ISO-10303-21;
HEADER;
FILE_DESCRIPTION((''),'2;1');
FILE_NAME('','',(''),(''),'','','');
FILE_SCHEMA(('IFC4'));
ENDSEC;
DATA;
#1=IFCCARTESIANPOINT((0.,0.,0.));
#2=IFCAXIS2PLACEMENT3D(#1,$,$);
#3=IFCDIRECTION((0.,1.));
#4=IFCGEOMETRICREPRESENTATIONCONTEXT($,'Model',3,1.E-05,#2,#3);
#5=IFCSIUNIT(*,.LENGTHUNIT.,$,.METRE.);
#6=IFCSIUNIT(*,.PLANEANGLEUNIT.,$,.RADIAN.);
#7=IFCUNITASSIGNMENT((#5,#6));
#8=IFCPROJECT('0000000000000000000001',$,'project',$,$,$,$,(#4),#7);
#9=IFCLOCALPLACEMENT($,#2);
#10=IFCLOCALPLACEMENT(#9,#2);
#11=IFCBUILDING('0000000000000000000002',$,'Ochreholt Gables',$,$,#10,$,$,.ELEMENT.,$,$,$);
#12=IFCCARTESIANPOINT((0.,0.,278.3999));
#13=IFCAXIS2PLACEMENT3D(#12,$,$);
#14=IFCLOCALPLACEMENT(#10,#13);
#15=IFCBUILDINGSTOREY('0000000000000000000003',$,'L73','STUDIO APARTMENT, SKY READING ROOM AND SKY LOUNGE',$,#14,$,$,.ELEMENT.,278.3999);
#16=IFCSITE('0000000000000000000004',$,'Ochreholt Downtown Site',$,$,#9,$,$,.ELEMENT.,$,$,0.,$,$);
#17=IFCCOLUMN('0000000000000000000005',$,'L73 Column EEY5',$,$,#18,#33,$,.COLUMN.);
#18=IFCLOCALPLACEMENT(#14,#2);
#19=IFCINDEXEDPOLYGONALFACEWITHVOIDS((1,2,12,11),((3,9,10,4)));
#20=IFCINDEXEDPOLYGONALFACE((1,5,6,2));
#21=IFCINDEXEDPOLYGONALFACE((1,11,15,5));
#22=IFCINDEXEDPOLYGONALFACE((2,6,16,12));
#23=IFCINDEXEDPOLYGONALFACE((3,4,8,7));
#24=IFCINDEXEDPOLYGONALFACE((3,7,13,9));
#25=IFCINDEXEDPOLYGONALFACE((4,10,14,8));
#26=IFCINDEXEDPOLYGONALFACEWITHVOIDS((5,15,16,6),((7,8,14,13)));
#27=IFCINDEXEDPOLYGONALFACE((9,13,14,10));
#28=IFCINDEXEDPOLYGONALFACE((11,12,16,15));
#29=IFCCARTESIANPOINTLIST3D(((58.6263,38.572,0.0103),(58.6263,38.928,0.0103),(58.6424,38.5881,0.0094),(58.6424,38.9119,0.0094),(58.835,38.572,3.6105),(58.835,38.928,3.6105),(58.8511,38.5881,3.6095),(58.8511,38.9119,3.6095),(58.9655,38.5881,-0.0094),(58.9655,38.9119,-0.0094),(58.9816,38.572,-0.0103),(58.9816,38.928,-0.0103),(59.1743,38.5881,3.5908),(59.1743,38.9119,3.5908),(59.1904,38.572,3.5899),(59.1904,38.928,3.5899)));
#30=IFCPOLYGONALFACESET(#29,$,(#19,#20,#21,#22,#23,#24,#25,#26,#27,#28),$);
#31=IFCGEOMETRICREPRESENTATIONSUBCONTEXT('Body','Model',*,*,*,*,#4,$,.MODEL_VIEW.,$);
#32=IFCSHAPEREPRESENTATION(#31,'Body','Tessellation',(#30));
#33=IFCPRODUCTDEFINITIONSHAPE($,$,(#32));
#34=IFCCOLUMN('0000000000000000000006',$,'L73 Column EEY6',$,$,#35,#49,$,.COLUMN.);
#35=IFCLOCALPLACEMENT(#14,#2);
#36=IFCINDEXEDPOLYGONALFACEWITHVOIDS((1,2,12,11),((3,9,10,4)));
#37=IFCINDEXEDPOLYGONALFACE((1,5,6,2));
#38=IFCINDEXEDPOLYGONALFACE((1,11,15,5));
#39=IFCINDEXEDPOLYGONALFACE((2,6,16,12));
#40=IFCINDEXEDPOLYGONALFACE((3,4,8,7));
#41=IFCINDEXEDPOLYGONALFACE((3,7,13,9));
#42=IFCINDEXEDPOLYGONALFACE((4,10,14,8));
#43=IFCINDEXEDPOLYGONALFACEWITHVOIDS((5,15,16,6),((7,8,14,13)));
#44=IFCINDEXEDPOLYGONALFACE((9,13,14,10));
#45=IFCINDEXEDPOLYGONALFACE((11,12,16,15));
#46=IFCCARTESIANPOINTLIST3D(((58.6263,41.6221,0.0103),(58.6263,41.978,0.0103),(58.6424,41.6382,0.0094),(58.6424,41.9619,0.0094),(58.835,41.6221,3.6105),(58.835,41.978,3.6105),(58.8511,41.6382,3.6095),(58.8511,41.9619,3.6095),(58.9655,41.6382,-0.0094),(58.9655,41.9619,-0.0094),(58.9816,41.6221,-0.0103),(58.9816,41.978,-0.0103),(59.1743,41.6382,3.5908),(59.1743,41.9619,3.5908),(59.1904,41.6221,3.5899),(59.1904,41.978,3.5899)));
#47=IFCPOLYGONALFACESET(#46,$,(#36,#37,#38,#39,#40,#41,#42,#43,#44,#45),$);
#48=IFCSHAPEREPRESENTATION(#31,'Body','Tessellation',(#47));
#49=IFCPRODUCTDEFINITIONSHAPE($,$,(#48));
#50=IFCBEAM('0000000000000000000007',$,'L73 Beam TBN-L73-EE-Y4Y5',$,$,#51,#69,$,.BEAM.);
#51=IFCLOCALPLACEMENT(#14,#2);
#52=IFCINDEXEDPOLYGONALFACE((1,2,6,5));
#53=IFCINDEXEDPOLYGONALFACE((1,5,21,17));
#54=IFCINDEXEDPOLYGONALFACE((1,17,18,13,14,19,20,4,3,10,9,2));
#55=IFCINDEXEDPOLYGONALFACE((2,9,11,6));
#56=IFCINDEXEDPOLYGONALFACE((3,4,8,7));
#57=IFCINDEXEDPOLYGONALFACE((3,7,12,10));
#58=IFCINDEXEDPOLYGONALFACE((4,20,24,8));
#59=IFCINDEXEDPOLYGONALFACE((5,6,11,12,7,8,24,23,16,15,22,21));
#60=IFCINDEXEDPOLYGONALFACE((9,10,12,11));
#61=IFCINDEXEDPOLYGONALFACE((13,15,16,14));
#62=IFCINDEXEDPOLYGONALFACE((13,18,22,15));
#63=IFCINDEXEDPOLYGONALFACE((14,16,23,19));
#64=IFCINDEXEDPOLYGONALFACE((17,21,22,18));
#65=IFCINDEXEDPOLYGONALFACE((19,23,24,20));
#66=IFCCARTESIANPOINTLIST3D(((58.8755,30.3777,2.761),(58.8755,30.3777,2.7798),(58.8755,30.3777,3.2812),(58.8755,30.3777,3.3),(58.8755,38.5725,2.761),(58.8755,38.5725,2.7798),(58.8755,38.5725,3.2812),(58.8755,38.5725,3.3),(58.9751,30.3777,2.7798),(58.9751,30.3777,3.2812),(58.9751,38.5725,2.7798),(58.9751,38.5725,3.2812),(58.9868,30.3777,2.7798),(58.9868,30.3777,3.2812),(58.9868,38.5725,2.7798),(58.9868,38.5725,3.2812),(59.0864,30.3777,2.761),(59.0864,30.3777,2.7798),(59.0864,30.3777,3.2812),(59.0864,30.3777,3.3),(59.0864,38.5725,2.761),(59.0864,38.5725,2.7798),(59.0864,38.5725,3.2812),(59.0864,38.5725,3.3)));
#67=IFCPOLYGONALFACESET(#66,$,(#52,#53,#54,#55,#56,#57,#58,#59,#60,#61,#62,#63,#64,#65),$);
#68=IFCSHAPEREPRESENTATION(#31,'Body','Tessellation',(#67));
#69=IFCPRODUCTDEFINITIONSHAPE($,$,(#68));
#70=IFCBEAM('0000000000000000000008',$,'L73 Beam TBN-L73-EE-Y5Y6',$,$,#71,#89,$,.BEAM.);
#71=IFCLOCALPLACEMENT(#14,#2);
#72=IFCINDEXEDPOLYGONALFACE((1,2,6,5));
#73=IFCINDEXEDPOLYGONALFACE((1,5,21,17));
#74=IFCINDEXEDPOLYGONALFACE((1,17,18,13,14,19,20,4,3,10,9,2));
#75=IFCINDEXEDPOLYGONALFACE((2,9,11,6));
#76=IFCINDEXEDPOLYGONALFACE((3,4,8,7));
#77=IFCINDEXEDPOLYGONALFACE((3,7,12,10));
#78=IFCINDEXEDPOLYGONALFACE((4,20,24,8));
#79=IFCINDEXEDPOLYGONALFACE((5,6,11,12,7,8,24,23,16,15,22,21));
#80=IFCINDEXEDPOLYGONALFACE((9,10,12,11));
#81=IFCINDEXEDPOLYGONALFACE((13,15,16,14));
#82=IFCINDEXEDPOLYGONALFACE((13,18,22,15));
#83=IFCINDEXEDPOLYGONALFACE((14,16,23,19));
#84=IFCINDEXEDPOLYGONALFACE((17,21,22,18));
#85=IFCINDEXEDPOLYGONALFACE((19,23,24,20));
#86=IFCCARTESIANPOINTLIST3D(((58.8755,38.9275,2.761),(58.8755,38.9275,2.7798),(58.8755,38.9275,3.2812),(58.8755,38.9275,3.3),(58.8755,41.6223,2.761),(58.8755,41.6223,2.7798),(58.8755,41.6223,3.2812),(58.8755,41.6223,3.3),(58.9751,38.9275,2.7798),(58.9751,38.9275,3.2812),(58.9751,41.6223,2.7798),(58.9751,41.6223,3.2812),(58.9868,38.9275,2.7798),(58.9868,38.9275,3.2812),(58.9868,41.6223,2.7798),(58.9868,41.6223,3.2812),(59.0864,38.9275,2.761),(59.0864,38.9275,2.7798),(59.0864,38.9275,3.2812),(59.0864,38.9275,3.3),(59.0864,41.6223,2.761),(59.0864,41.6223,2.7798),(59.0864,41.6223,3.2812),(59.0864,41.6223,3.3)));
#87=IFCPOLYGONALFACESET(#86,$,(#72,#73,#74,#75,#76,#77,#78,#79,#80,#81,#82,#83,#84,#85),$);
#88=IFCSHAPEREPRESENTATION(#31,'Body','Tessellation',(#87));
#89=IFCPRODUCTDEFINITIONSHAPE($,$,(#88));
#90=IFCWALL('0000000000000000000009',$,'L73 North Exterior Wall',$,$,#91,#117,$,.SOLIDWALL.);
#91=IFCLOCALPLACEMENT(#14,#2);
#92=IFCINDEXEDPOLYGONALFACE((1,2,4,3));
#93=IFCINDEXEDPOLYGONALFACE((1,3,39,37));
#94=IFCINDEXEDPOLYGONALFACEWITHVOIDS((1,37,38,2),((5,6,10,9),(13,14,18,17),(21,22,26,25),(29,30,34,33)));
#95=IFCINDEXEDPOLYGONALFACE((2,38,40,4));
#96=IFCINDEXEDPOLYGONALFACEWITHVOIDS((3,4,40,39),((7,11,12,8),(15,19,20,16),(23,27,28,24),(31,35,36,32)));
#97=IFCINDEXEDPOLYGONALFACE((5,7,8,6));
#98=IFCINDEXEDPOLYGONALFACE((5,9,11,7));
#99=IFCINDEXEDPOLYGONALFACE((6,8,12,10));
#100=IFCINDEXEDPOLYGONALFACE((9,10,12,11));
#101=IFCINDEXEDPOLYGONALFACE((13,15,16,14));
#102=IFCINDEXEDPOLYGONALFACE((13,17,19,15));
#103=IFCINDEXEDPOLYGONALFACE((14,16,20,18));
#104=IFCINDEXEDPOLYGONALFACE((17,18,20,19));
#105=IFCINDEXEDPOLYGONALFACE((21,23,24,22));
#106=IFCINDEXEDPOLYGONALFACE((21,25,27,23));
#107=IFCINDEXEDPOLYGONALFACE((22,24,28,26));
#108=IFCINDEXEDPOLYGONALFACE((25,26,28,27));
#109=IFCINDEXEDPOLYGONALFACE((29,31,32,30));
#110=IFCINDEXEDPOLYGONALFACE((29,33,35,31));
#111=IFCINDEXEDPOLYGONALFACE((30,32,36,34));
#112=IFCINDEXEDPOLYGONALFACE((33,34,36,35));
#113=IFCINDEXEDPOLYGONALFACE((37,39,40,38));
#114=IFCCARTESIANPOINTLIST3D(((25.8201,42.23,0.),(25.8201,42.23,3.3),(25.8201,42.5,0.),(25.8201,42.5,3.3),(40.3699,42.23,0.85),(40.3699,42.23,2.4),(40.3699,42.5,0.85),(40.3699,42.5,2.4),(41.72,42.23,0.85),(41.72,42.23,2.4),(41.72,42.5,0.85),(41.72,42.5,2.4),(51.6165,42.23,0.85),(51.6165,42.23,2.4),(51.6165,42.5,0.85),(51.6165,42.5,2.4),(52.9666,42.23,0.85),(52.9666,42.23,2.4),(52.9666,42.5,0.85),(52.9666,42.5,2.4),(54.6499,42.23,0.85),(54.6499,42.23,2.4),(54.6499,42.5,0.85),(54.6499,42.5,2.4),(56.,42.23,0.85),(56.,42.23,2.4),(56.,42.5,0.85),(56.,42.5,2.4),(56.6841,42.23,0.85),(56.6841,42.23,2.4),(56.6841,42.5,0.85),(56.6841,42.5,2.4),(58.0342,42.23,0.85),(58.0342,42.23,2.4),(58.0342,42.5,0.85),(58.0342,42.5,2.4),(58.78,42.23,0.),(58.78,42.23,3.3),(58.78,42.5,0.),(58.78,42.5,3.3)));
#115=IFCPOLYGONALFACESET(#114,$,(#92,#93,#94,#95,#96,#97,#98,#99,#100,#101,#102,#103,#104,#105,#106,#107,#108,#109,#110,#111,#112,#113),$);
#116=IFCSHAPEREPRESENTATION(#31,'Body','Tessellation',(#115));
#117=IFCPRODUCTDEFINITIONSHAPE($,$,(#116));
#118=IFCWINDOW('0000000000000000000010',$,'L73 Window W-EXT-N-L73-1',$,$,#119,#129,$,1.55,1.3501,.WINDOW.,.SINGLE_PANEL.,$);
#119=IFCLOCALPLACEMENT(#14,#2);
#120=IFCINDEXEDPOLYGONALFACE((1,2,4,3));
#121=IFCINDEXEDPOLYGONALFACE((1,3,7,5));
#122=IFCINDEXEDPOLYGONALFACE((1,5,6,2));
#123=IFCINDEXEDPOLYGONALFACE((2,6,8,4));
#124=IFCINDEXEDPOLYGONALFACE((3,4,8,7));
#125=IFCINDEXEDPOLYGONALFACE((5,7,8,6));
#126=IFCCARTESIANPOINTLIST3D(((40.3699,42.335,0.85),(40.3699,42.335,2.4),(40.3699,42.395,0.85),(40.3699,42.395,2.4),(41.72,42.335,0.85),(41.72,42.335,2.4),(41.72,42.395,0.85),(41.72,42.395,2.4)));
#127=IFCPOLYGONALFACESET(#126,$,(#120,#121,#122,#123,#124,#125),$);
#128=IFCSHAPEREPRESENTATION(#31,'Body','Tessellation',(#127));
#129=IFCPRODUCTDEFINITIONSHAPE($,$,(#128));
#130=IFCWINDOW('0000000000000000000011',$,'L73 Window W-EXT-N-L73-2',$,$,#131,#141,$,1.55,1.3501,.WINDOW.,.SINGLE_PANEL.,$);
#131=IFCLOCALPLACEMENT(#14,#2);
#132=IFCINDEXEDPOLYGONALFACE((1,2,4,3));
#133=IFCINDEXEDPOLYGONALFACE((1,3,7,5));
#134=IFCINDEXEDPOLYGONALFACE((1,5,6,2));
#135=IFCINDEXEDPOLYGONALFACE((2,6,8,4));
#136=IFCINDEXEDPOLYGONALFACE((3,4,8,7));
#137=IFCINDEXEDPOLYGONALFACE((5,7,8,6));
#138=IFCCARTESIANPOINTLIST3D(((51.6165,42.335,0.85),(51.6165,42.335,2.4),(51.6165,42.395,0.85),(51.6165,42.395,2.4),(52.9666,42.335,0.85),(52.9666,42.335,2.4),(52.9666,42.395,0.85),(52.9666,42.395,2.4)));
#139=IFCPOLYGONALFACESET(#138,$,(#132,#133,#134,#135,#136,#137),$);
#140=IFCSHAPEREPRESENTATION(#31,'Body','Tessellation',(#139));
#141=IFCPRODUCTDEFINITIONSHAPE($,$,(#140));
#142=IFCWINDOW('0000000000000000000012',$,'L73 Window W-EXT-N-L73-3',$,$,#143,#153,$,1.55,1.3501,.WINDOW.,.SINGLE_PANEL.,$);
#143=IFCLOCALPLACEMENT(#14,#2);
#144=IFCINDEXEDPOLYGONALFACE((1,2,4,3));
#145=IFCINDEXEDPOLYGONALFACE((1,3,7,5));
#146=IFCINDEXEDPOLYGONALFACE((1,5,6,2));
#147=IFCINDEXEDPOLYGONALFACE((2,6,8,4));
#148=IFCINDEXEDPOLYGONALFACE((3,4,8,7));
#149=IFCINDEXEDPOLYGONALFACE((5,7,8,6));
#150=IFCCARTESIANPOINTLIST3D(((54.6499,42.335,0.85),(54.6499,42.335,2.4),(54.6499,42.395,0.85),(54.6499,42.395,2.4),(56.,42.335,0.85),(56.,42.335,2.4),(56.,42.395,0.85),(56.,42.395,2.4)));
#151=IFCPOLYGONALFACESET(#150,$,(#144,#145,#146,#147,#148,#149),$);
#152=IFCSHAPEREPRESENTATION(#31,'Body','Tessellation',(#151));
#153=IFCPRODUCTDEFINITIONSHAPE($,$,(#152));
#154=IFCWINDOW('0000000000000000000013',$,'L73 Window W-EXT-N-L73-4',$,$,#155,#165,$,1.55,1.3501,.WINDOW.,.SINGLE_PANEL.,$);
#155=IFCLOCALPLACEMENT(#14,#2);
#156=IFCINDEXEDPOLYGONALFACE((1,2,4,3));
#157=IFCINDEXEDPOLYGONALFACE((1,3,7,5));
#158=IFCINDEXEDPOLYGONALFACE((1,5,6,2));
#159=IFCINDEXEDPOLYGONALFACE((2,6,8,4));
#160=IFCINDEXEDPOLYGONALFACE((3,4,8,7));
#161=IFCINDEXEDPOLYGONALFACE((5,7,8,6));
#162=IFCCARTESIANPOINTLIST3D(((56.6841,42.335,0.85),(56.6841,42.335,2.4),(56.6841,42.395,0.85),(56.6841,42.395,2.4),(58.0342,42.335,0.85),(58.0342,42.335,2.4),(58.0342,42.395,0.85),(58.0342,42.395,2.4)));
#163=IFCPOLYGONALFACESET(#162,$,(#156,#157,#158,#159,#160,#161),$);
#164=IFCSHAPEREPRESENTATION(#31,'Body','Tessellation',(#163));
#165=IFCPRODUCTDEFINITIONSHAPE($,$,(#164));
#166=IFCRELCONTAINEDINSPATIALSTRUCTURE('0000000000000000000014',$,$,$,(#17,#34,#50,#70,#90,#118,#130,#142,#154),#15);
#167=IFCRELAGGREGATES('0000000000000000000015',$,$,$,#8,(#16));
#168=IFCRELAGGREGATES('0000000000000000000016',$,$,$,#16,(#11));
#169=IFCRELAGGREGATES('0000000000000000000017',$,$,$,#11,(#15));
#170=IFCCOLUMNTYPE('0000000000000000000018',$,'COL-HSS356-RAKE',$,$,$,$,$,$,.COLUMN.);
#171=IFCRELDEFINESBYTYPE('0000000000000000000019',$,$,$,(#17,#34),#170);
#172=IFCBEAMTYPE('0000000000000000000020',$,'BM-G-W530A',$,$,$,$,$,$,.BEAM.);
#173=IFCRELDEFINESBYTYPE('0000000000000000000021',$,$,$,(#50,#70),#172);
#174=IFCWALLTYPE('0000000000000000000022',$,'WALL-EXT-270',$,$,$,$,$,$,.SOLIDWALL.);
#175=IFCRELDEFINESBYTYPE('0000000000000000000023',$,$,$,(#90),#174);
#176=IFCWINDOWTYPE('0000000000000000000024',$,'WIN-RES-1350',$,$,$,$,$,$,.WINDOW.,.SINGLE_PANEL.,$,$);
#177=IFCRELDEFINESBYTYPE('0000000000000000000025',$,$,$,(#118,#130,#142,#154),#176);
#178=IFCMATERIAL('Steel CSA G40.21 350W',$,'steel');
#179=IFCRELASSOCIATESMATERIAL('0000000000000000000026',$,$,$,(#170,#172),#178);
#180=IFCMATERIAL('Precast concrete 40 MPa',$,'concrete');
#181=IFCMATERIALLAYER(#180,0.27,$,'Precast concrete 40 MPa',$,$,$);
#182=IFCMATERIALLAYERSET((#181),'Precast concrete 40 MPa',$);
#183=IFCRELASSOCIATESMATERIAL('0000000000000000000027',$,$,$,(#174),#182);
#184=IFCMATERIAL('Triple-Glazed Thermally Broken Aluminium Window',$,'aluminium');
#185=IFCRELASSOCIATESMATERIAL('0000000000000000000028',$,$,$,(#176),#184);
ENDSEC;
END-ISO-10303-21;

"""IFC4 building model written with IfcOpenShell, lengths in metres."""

from ifc_helpers import new_model, si_unit, direction, frame, frame_2d, origin, origin_2d, place, context, subcontext, project, spatial, rectangle, hollow_rectangle, i_section, extrude, material, layer, layer_set, material_profile, profile_set, type_object, element, fill, save


model = new_model("IFC4")

# Units and contexts
model_context = context("Model", 3, precision=1e-05, world=origin(), true_north=direction((0.0, 1.0)))
body_context = subcontext(model_context, "Body", "Model", "MODEL_VIEW")
ifc_project = project(units=[si_unit("LENGTHUNIT", "METRE"), si_unit("PLANEANGLEUNIT", "RADIAN")], contexts=[model_context])

# Site, building, storey
site_placement = place(None, origin())
site = spatial("IfcSite", under=ifc_project, at=site_placement, Name="Ochreholt Downtown Site", CompositionType="ELEMENT", RefElevation=0.0)
building_placement = place(site_placement, origin())
building = spatial("IfcBuilding", under=site, at=building_placement, Name="Ochreholt Gables", CompositionType="ELEMENT")
storey_placement = place(building_placement, frame((0.0, 0.0, 278.3999)))
storey = spatial("IfcBuildingStorey", under=building, at=storey_placement, Name="L73", Description="STUDIO APARTMENT, SKY READING ROOM AND SKY LOUNGE", CompositionType="ELEMENT", Elevation=278.3999)

# Columns
ifc_material_1 = material(Name="Steel CSA G40.21 350W", Category="steel")
ifc_material_profile_1 = material_profile(ifc_material_1, hollow_rectangle(XDim=0.356, YDim=0.356, WallThickness=0.0161, at=origin_2d()), Name="HSS356X356X16")
ifc_profile_set_1 = profile_set([ifc_material_profile_1], Name="Steel CSA G40.21 350W")
column_type = type_object("IfcColumnType", Name="COL-HSS356-RAKE", PredefinedType="COLUMN", material=ifc_profile_set_1)
for number, where, z_axis, x_axis, name in (
    (1, (58.804, 38.75, 0.0), (0.057885, 0.0, 0.998323), (0.0, 1.0, 0.0), "L73 Column EEY5"),
    (2, (58.804, 41.8, 0.0), (0.057885, 0.0, 0.998323), (0.0, 1.0, 0.0), "L73 Column EEY6"),
):
    element("IfcColumn", number, at=place(storey_placement, frame(where, z_axis=z_axis, x_axis=x_axis)), inside=storey, type_object=column_type, Name=name, PredefinedType="COLUMN", context=body_context, shape_type="SweptSolid", body=[
        extrude(hollow_rectangle(XDim=0.356, YDim=0.356, WallThickness=0.0161, at=origin_2d()), origin(), (0.0, 0.0, 1.0), 3.6062),
    ])

# Beams
ifc_material_profile_2 = material_profile(ifc_material_1, i_section(OverallWidth=0.2109, OverallDepth=0.5391, WebThickness=0.0117, FlangeThickness=0.0188, at=origin_2d()), Name="W530X109")
ifc_profile_set_2 = profile_set([ifc_material_profile_2], Name="Steel CSA G40.21 350W")
beam_type = type_object("IfcBeamType", Name="BM-G-W530A", PredefinedType="BEAM", material=ifc_profile_set_2)
beam_1_placement = place(storey_placement, frame((58.981, 30.3777, 3.0305), z_axis=(0.0, 1.0, 0.0), x_axis=(-1.0, 0.0, 0.0)))
element("IfcBeam", 3, at=beam_1_placement, inside=storey, type_object=beam_type, Name="L73 Beam TBN-L73-EE-Y4Y5", PredefinedType="BEAM", context=body_context, shape_type="SweptSolid", body=[
    extrude(i_section(OverallWidth=0.2109, OverallDepth=0.5391, WebThickness=0.0117, FlangeThickness=0.0188, at=origin_2d()), origin(), (0.0, 0.0, 1.0), 8.1948),
])
beam_2_placement = place(storey_placement, frame((58.981, 38.9275, 3.0305), z_axis=(0.0, 1.0, 0.0), x_axis=(-1.0, 0.0, 0.0)))
element("IfcBeam", 4, at=beam_2_placement, inside=storey, type_object=beam_type, Name="L73 Beam TBN-L73-EE-Y5Y6", PredefinedType="BEAM", context=body_context, shape_type="SweptSolid", body=[
    extrude(i_section(OverallWidth=0.2109, OverallDepth=0.5391, WebThickness=0.0117, FlangeThickness=0.0188, at=origin_2d()), origin(), (0.0, 0.0, 1.0), 2.6948),
])

# Wall, openings, windows
ifc_material_2 = material(Name="Precast concrete 40 MPa", Category="concrete")
ifc_layer_1 = layer(ifc_material_2, 0.27, Name="Precast concrete 40 MPa")
ifc_layer_set_1 = layer_set([ifc_layer_1], Name="Precast concrete 40 MPa")
wall_type_1 = type_object("IfcWallType", Name="WALL-EXT-270", PredefinedType="SOLIDWALL", material=ifc_layer_set_1)
wall_1_placement = place(storey_placement, frame((58.78, 42.365, 0.0), z_axis=(0.0, 0.0, 1.0), x_axis=(-1.0, 0.0, 0.0)))
wall_1 = element("IfcWall", 5, at=wall_1_placement, inside=storey, type_object=wall_type_1, Name="L73 North Exterior Wall", PredefinedType="SOLIDWALL", context=body_context, shape_type="SweptSolid", body=[
    extrude(rectangle(XDim=32.96, YDim=0.27, at=frame_2d((16.48, 0.0))), origin(), (0.0, 0.0, 1.0), 3.3),
])
opening_1_placement = place(wall_1_placement, frame((17.0601, 0.0, 0.8501)))
opening_1 = element("IfcOpeningElement", 6, at=opening_1_placement, cuts=wall_1, PredefinedType="OPENING", context=body_context, shape_type="SweptSolid", body=[
    extrude(rectangle(XDim=1.3501, YDim=1.55, at=frame_2d((0.675, 0.7749))), frame((0.0, 0.145, 0.0), z_axis=(0.0, -1.0, 0.0), x_axis=(1.0, 0.0, 0.0)), (0.0, 0.0, 1.0), 0.29),
])
opening_2_placement = place(wall_1_placement, frame((5.8135, 0.0, 0.8501)))
opening_2 = element("IfcOpeningElement", 7, at=opening_2_placement, cuts=wall_1, PredefinedType="OPENING", context=body_context, shape_type="SweptSolid", body=[
    extrude(rectangle(XDim=1.3501, YDim=1.55, at=frame_2d((0.675, 0.7749))), frame((0.0, 0.145, 0.0), z_axis=(0.0, -1.0, 0.0), x_axis=(1.0, 0.0, 0.0)), (0.0, 0.0, 1.0), 0.29),
])
opening_3_placement = place(wall_1_placement, frame((2.78, 0.0, 0.8501)))
opening_3 = element("IfcOpeningElement", 8, at=opening_3_placement, cuts=wall_1, PredefinedType="OPENING", context=body_context, shape_type="SweptSolid", body=[
    extrude(rectangle(XDim=1.3501, YDim=1.55, at=frame_2d((0.675, 0.7749))), frame((0.0, 0.145, 0.0), z_axis=(0.0, -1.0, 0.0), x_axis=(1.0, 0.0, 0.0)), (0.0, 0.0, 1.0), 0.29),
])
opening_4_placement = place(wall_1_placement, frame((0.7458, 0.0, 0.8501)))
opening_4 = element("IfcOpeningElement", 9, at=opening_4_placement, cuts=wall_1, PredefinedType="OPENING", context=body_context, shape_type="SweptSolid", body=[
    extrude(rectangle(XDim=1.3501, YDim=1.55, at=frame_2d((0.675, 0.7749))), frame((0.0, 0.145, 0.0), z_axis=(0.0, -1.0, 0.0), x_axis=(1.0, 0.0, 0.0)), (0.0, 0.0, 1.0), 0.29),
])
ifc_material_3 = material(Name="Triple-Glazed Thermally Broken Aluminium Window", Category="aluminium")
window_type_1 = type_object("IfcWindowType", Name="WIN-RES-1350", PartitioningType="SINGLE_PANEL", PredefinedType="WINDOW", material=ifc_material_3)
window_1_placement = place(opening_1_placement, origin())
window_1 = element("IfcWindow", 10, at=window_1_placement, inside=storey, type_object=window_type_1, Name="L73 Window W-EXT-N-L73-1", OverallHeight=1.55, OverallWidth=1.3501, PartitioningType="SINGLE_PANEL", PredefinedType="WINDOW", context=body_context, shape_type="SweptSolid", body=[
    extrude(rectangle(XDim=1.3501, YDim=1.55, at=frame_2d((0.675, 0.7749))), frame((0.0, 0.03, 0.0), z_axis=(0.0, -1.0, 0.0), x_axis=(1.0, 0.0, 0.0)), (0.0, 0.0, 1.0), 0.0601),
])
fill(opening_1, window_1)
window_2_placement = place(opening_2_placement, origin())
window_2 = element("IfcWindow", 11, at=window_2_placement, inside=storey, type_object=window_type_1, Name="L73 Window W-EXT-N-L73-2", OverallHeight=1.55, OverallWidth=1.3501, PartitioningType="SINGLE_PANEL", PredefinedType="WINDOW", context=body_context, shape_type="SweptSolid", body=[
    extrude(rectangle(XDim=1.3501, YDim=1.55, at=frame_2d((0.675, 0.7749))), frame((0.0, 0.03, 0.0), z_axis=(0.0, -1.0, 0.0), x_axis=(1.0, 0.0, 0.0)), (0.0, 0.0, 1.0), 0.0601),
])
fill(opening_2, window_2)
window_3_placement = place(opening_3_placement, origin())
window_3 = element("IfcWindow", 12, at=window_3_placement, inside=storey, type_object=window_type_1, Name="L73 Window W-EXT-N-L73-3", OverallHeight=1.55, OverallWidth=1.3501, PartitioningType="SINGLE_PANEL", PredefinedType="WINDOW", context=body_context, shape_type="SweptSolid", body=[
    extrude(rectangle(XDim=1.3501, YDim=1.55, at=frame_2d((0.675, 0.7749))), frame((0.0, 0.03, 0.0), z_axis=(0.0, -1.0, 0.0), x_axis=(1.0, 0.0, 0.0)), (0.0, 0.0, 1.0), 0.0601),
])
fill(opening_3, window_3)
window_4_placement = place(opening_4_placement, origin())
window_4 = element("IfcWindow", 13, at=window_4_placement, inside=storey, type_object=window_type_1, Name="L73 Window W-EXT-N-L73-4", OverallHeight=1.55, OverallWidth=1.3501, PartitioningType="SINGLE_PANEL", PredefinedType="WINDOW", context=body_context, shape_type="SweptSolid", body=[
    extrude(rectangle(XDim=1.3501, YDim=1.55, at=frame_2d((0.675, 0.7749))), frame((0.0, 0.03, 0.0), z_axis=(0.0, -1.0, 0.0), x_axis=(1.0, 0.0, 0.0)), (0.0, 0.0, 1.0), 0.0601),
])
fill(opening_4, window_4)

save(model, "model.ifc")
